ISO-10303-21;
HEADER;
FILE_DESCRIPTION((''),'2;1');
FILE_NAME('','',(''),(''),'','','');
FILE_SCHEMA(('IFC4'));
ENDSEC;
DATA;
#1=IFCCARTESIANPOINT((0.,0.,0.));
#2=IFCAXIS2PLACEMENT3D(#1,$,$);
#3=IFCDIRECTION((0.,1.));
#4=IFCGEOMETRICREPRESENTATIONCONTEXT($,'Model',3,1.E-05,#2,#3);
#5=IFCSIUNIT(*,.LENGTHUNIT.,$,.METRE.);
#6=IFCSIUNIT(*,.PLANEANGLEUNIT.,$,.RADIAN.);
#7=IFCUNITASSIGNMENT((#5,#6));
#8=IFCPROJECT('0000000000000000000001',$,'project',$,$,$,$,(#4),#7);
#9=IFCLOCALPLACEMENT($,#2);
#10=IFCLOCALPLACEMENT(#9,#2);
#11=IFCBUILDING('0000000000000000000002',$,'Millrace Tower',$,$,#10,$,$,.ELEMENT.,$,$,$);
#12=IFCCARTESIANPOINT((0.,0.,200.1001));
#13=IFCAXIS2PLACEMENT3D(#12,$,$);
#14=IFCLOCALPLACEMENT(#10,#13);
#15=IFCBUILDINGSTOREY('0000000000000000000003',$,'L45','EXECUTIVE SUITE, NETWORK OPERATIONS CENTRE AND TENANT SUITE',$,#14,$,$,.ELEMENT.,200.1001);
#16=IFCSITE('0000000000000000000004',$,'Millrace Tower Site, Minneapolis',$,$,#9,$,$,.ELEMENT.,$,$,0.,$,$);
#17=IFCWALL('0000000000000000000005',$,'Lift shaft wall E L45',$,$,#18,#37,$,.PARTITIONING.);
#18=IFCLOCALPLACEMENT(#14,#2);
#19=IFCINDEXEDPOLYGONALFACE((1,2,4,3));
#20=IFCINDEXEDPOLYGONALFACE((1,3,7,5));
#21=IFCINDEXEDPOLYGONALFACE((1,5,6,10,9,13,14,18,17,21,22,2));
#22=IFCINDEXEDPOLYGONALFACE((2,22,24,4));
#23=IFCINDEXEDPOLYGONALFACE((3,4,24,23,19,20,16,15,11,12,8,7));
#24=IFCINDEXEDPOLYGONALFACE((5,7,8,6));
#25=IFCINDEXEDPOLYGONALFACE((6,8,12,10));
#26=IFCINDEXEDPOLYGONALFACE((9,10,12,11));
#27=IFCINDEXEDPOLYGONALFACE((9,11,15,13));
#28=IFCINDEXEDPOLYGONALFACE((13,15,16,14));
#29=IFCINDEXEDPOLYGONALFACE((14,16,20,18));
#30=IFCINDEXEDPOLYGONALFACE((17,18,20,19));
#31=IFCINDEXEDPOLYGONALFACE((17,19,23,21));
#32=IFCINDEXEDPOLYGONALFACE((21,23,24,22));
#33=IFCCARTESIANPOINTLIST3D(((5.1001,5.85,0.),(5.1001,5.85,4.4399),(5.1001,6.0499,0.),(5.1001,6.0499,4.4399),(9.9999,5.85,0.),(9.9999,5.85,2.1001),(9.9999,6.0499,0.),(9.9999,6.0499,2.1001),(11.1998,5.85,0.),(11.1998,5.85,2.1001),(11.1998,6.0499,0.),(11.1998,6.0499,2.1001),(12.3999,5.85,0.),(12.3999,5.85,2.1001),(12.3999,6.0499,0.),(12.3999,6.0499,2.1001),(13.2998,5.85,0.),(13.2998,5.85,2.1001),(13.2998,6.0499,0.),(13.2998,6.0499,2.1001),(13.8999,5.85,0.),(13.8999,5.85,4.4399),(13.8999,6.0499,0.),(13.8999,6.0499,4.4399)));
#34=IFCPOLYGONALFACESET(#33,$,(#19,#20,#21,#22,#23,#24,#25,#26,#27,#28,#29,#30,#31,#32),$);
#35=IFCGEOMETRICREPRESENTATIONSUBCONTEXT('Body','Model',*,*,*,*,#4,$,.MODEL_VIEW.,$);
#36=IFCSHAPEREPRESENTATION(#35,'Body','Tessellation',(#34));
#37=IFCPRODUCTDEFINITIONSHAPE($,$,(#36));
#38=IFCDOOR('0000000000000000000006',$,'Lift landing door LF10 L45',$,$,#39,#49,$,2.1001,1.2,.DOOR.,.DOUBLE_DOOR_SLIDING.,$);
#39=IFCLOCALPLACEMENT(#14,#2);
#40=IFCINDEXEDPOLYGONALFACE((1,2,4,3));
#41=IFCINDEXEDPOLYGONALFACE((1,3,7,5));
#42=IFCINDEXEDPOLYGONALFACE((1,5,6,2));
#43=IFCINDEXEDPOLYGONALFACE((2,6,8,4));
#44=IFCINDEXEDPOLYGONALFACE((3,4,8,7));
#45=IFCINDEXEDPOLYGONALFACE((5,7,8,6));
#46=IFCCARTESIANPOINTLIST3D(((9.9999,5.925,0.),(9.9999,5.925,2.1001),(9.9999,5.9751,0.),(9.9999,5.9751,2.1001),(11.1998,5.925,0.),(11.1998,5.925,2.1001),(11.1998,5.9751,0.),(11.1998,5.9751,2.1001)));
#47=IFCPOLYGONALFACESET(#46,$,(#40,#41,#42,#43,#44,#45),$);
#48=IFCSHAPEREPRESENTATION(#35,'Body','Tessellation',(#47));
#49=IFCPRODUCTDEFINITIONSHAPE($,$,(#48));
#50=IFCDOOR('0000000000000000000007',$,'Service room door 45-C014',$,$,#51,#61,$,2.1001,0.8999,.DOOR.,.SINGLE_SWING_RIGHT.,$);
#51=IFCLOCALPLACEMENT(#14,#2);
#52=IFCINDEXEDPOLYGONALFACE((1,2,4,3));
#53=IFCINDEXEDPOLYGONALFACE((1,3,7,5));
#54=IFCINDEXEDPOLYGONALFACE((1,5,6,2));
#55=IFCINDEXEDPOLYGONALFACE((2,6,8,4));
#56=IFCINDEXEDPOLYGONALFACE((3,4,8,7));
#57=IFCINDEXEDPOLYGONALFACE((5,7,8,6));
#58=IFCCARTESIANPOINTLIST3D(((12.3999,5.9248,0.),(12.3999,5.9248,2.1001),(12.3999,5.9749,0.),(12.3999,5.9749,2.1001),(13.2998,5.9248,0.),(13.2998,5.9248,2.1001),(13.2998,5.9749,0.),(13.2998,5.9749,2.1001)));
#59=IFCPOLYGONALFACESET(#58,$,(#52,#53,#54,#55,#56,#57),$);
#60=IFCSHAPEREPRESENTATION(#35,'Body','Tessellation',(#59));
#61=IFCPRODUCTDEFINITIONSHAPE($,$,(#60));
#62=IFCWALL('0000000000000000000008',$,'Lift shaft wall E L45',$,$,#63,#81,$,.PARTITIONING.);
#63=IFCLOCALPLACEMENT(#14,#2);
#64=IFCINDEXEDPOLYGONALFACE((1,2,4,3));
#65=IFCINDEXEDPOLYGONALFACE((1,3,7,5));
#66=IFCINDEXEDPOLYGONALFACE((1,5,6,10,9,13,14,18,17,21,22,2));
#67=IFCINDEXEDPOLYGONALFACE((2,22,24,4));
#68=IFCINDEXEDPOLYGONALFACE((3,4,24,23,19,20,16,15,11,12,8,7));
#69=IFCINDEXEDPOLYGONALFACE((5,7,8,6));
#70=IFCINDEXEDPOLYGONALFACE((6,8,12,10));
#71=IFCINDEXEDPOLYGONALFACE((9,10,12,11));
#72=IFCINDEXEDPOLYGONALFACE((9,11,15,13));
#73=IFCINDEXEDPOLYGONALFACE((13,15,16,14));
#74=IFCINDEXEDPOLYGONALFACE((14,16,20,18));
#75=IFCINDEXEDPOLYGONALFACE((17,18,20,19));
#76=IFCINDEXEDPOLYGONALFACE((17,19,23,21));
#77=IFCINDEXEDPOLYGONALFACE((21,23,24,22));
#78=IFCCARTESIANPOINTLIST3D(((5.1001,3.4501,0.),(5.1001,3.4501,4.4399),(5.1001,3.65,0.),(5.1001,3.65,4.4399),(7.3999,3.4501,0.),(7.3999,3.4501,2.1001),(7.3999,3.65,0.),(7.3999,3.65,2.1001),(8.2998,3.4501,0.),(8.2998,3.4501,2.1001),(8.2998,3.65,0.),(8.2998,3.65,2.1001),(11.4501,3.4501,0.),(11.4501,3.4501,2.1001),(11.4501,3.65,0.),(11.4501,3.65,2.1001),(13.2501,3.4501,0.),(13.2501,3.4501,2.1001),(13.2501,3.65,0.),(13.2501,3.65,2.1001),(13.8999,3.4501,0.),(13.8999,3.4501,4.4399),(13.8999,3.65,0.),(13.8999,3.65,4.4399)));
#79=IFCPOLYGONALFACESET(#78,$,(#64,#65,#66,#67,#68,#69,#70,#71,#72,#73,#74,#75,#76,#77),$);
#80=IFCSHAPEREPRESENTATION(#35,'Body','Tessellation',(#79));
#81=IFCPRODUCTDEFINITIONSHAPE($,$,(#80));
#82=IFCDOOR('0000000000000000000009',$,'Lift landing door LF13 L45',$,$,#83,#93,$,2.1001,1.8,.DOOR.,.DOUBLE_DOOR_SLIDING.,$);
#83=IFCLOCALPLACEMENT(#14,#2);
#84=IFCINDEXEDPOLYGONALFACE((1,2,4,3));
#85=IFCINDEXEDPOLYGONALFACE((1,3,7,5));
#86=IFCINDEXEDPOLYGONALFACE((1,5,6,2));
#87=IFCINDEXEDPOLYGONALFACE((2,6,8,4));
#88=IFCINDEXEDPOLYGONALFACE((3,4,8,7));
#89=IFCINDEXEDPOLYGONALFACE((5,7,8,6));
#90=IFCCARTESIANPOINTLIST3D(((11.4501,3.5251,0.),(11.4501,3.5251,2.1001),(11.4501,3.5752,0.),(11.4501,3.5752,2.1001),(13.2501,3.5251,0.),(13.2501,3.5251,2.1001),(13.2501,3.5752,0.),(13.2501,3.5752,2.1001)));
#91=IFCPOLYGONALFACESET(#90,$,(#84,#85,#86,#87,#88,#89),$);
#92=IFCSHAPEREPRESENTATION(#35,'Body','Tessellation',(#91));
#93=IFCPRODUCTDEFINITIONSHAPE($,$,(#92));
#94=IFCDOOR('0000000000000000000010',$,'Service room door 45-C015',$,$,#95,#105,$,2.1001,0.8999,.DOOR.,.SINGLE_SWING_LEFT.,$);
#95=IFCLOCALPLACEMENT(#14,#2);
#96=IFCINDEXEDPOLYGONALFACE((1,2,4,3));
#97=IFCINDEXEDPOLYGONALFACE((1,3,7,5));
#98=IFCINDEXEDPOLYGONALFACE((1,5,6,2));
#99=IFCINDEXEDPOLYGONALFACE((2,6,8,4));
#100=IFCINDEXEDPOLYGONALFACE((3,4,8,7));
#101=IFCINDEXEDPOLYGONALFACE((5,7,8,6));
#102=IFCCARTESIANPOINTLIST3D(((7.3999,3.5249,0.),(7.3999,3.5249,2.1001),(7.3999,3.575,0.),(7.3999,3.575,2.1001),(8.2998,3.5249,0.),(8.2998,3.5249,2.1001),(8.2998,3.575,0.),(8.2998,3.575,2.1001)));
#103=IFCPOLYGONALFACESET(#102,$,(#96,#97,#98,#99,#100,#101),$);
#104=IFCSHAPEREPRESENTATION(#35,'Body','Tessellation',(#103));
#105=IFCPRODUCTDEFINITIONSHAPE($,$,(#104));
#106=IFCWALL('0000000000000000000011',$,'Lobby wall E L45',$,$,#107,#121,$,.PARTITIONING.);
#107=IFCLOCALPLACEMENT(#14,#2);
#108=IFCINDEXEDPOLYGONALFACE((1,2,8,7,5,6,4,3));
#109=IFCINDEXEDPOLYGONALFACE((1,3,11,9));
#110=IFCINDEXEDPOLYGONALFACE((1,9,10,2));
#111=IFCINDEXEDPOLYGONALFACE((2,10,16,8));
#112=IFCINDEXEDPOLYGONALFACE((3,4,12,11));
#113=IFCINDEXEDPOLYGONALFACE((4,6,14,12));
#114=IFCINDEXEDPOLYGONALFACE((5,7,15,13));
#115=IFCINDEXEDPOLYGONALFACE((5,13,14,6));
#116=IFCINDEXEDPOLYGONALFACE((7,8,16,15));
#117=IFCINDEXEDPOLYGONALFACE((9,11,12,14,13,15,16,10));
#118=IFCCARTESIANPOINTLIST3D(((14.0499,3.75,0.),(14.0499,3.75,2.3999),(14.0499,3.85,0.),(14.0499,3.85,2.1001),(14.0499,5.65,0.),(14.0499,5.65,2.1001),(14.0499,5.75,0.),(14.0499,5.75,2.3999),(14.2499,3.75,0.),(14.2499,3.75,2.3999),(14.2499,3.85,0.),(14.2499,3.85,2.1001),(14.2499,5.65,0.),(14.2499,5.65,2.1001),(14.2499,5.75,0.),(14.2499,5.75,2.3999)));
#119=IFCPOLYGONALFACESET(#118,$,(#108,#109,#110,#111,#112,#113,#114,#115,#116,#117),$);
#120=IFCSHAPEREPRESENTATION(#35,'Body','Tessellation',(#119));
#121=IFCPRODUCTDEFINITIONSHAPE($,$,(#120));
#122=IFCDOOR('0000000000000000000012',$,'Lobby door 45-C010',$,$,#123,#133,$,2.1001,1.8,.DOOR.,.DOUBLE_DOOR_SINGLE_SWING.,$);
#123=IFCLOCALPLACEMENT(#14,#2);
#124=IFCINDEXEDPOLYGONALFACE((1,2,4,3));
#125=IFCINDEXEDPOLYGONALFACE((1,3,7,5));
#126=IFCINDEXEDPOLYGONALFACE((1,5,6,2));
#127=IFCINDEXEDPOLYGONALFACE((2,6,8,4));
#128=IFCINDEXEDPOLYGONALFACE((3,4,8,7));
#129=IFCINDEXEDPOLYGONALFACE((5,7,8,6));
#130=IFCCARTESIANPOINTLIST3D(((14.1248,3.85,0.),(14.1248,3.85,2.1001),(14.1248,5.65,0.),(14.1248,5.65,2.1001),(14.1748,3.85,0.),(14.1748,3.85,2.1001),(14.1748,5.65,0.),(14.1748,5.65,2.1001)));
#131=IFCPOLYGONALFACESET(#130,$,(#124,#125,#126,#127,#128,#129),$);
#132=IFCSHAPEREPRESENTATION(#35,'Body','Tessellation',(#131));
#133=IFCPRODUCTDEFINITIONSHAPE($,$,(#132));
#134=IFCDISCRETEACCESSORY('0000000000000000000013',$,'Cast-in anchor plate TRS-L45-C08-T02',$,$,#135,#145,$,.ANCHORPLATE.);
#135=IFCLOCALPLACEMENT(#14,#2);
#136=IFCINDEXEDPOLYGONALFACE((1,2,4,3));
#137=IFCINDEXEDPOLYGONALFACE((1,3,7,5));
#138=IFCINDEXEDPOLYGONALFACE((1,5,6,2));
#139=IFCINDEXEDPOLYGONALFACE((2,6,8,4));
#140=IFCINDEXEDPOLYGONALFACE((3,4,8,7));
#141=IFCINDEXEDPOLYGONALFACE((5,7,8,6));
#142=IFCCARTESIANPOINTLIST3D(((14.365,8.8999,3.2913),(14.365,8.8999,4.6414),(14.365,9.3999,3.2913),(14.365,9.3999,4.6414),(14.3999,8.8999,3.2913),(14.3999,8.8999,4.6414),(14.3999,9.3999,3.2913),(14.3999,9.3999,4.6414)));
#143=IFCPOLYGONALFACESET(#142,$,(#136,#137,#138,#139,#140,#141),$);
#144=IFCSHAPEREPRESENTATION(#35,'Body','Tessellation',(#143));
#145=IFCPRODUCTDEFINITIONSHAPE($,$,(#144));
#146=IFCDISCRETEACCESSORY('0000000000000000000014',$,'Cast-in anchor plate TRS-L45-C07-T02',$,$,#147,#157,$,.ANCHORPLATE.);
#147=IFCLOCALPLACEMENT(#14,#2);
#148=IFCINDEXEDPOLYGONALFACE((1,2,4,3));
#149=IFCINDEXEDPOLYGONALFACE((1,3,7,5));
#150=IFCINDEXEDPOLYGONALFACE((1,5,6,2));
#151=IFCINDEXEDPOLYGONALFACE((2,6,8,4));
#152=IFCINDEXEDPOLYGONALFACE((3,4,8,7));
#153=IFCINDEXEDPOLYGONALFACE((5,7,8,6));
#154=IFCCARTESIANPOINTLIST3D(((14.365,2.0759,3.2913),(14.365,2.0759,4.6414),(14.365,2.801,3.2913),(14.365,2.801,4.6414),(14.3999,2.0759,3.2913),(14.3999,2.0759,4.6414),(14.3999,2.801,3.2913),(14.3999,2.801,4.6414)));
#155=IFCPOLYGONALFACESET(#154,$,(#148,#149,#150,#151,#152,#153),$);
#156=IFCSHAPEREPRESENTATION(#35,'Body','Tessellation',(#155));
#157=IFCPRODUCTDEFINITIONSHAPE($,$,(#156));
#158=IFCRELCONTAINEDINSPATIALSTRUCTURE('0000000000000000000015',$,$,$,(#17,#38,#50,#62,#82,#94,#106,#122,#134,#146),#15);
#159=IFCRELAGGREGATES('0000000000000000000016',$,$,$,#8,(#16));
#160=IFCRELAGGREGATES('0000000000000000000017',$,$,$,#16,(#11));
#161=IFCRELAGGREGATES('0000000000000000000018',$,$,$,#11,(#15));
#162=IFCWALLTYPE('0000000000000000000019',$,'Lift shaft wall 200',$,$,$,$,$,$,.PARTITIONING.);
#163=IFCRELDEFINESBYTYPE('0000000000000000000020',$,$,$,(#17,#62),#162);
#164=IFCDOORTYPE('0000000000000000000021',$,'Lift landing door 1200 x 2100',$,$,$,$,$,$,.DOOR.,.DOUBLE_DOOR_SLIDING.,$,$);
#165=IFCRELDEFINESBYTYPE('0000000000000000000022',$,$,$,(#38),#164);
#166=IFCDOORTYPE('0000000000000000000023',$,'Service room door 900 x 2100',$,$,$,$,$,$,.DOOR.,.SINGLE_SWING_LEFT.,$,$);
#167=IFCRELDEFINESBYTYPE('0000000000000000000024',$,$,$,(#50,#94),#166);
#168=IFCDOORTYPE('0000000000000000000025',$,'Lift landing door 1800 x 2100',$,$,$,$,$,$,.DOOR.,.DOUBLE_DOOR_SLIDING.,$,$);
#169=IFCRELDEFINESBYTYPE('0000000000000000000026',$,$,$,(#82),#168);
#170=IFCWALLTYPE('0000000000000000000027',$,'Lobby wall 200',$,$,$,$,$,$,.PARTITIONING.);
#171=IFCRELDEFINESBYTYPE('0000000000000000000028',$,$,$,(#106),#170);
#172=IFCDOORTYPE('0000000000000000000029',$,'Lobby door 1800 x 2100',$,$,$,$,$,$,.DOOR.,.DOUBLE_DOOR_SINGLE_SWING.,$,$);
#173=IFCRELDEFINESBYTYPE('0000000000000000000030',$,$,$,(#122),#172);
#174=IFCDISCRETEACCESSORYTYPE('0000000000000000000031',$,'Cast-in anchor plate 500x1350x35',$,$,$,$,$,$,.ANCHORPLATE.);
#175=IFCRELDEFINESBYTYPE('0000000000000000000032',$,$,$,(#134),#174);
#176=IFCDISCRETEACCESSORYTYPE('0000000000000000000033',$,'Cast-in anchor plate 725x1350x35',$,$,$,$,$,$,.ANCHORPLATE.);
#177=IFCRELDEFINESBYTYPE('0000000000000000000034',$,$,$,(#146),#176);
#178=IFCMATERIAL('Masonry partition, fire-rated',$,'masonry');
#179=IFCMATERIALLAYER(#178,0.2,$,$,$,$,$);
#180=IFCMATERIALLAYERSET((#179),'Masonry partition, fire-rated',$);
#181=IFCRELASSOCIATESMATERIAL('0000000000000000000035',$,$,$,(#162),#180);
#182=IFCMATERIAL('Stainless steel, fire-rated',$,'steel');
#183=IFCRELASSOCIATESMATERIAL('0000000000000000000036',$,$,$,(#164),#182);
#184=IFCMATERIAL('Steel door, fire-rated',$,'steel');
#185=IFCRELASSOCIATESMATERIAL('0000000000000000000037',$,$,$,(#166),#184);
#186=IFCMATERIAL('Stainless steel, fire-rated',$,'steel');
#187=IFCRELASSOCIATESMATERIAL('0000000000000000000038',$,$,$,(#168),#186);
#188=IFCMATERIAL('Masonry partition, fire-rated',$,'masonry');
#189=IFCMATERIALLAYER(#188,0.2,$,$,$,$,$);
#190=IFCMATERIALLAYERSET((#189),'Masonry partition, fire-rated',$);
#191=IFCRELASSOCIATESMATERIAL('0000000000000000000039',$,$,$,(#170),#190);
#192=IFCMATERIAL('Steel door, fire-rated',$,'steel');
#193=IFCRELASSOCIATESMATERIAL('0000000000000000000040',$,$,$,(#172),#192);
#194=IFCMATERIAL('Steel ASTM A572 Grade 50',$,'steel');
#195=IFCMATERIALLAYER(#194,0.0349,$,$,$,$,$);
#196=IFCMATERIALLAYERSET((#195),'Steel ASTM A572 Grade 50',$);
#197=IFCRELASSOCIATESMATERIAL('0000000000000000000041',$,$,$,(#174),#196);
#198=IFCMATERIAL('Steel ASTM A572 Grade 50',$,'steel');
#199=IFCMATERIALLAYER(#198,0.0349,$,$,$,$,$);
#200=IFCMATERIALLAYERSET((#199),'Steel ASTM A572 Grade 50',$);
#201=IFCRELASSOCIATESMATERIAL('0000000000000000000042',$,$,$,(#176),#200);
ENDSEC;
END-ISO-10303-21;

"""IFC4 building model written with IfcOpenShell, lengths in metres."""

from ifc_helpers import new_model, si_unit, direction, frame, frame_2d, origin, origin_2d, place, context, subcontext, project, spatial, rectangle, extrude, material, layer, layer_set, type_object, element, fill, save


model = new_model("IFC4")

# Units and contexts
model_context = context("Model", 3, precision=1e-05, world=origin(), true_north=direction((0.0, 1.0)))
body_context = subcontext(model_context, "Body", "Model", "MODEL_VIEW")
ifc_project = project(units=[si_unit("LENGTHUNIT", "METRE"), si_unit("PLANEANGLEUNIT", "RADIAN")], contexts=[model_context])

# Site, building, storey
site_placement = place(None, origin())
site = spatial("IfcSite", under=ifc_project, at=site_placement, Name="Millrace Tower Site, Minneapolis", CompositionType="ELEMENT", RefElevation=0.0)
building_placement = place(site_placement, origin())
building = spatial("IfcBuilding", under=site, at=building_placement, Name="Millrace Tower", CompositionType="ELEMENT")
storey_placement = place(building_placement, frame((0.0, 0.0, 200.1001)))
storey = spatial("IfcBuildingStorey", under=building, at=storey_placement, Name="L45", Description="EXECUTIVE SUITE, NETWORK OPERATIONS CENTRE AND TENANT SUITE", CompositionType="ELEMENT", Elevation=200.1001)

# Walls, openings, doors
ifc_material_1 = material(Name="Masonry partition, fire-rated", Category="masonry")
ifc_layer_1 = layer(ifc_material_1, 0.2)
ifc_layer_set_1 = layer_set([ifc_layer_1], Name="Masonry partition, fire-rated")
wall_type_1 = type_object("IfcWallType", Name="Lift shaft wall 200", PredefinedType="PARTITIONING", material=ifc_layer_set_1)
wall_1_placement = place(storey_placement, frame((13.8999, 5.95, 0.0), z_axis=(0.0, 0.0, 1.0), x_axis=(-1.0, 0.0, 0.0)))
wall_1 = element("IfcWall", 1, at=wall_1_placement, inside=storey, type_object=wall_type_1, Name="Lift shaft wall E L45", PredefinedType="PARTITIONING", context=body_context, shape_type="SweptSolid", body=[
    extrude(rectangle(XDim=8.7998, YDim=0.2, at=frame_2d((4.3999, 0.0))), origin(), (0.0, 0.0, 1.0), 4.4399),
])
opening_1_placement = place(wall_1_placement, frame((2.7, 0.0, 0.0)))
opening_1 = element("IfcOpeningElement", 2, at=opening_1_placement, cuts=wall_1, PredefinedType="OPENING", context=body_context, shape_type="SweptSolid", body=[
    extrude(rectangle(XDim=1.2, YDim=2.1001, at=frame_2d((0.6001, 1.05))), frame((0.0, 0.1099, 0.0), z_axis=(0.0, -1.0, 0.0), x_axis=(1.0, 0.0, 0.0)), (0.0, 0.0, 1.0), 0.22),
])
opening_2_placement = place(wall_1_placement, frame((0.6001, 0.0, 0.0)))
opening_2 = element("IfcOpeningElement", 3, at=opening_2_placement, cuts=wall_1, PredefinedType="OPENING", context=body_context, shape_type="SweptSolid", body=[
    extrude(rectangle(XDim=0.8999, YDim=2.1001, at=frame_2d((0.45, 1.05))), frame((0.0, 0.1099, 0.0), z_axis=(0.0, -1.0, 0.0), x_axis=(1.0, 0.0, 0.0)), (0.0, 0.0, 1.0), 0.22),
])
ifc_material_2 = material(Name="Stainless steel, fire-rated", Category="steel")
door_type_1 = type_object("IfcDoorType", Name="Lift landing door 1200 x 2100", OperationType="DOUBLE_DOOR_SLIDING", PredefinedType="DOOR", material=ifc_material_2)
door_1_placement = place(opening_1_placement, origin())
door_1 = element("IfcDoor", 4, at=door_1_placement, inside=storey, type_object=door_type_1, Name="Lift landing door LF10 L45", OperationType="DOUBLE_DOOR_SLIDING", OverallHeight=2.1001, OverallWidth=1.2, PredefinedType="DOOR", context=body_context, shape_type="SweptSolid", body=[
    extrude(rectangle(XDim=1.2, YDim=2.1001, at=frame_2d((0.6001, 1.05))), frame((0.0, 0.0249, 0.0), z_axis=(0.0, -1.0, 0.0), x_axis=(1.0, 0.0, 0.0)), (0.0, 0.0, 1.0), 0.05),
])
fill(opening_1, door_1)
ifc_material_3 = material(Name="Steel door, fire-rated", Category="steel")
door_type_2 = type_object("IfcDoorType", Name="Service room door 900 x 2100", OperationType="SINGLE_SWING_LEFT", PredefinedType="DOOR", material=ifc_material_3)
door_2_placement = place(opening_2_placement, frame((0.8999, 0.0, 0.0), z_axis=(0.0, 0.0, 1.0), x_axis=(-1.0, 0.0, 0.0)))
door_2 = element("IfcDoor", 5, at=door_2_placement, inside=storey, type_object=door_type_2, Name="Service room door 45-C014", OperationType="SINGLE_SWING_RIGHT", OverallHeight=2.1001, OverallWidth=0.8999, PredefinedType="DOOR", context=body_context, shape_type="SweptSolid", body=[
    extrude(rectangle(XDim=0.8999, YDim=2.1001, at=frame_2d((0.45, 1.05))), frame((0.0, 0.0249, 0.0), z_axis=(0.0, -1.0, 0.0), x_axis=(1.0, 0.0, 0.0)), (0.0, 0.0, 1.0), 0.05),
])
fill(opening_2, door_2)
wall_2_placement = place(storey_placement, frame((13.8999, 3.55, 0.0), z_axis=(0.0, 0.0, 1.0), x_axis=(-1.0, 0.0, 0.0)))
wall_2 = element("IfcWall", 6, at=wall_2_placement, inside=storey, type_object=wall_type_1, Name="Lift shaft wall E L45", PredefinedType="PARTITIONING", context=body_context, shape_type="SweptSolid", body=[
    extrude(rectangle(XDim=8.7998, YDim=0.2, at=frame_2d((4.3999, 0.0))), origin(), (0.0, 0.0, 1.0), 4.4399),
])
opening_3_placement = place(wall_2_placement, frame((0.6499, 0.0, 0.0)))
opening_3 = element("IfcOpeningElement", 7, at=opening_3_placement, cuts=wall_2, PredefinedType="OPENING", context=body_context, shape_type="SweptSolid", body=[
    extrude(rectangle(XDim=1.8, YDim=2.1001, at=frame_2d((0.8999, 1.05))), frame((0.0, 0.1099, 0.0), z_axis=(0.0, -1.0, 0.0), x_axis=(1.0, 0.0, 0.0)), (0.0, 0.0, 1.0), 0.22),
])
opening_4_placement = place(wall_2_placement, frame((5.6001, 0.0, 0.0)))
opening_4 = element("IfcOpeningElement", 8, at=opening_4_placement, cuts=wall_2, PredefinedType="OPENING", context=body_context, shape_type="SweptSolid", body=[
    extrude(rectangle(XDim=0.8999, YDim=2.1001, at=frame_2d((0.45, 1.05))), frame((0.0, 0.1099, 0.0), z_axis=(0.0, -1.0, 0.0), x_axis=(1.0, 0.0, 0.0)), (0.0, 0.0, 1.0), 0.22),
])
ifc_material_4 = material(Name="Stainless steel, fire-rated", Category="steel")
door_type_3 = type_object("IfcDoorType", Name="Lift landing door 1800 x 2100", OperationType="DOUBLE_DOOR_SLIDING", PredefinedType="DOOR", material=ifc_material_4)
door_3_placement = place(opening_3_placement, origin())
door_3 = element("IfcDoor", 9, at=door_3_placement, inside=storey, type_object=door_type_3, Name="Lift landing door LF13 L45", OperationType="DOUBLE_DOOR_SLIDING", OverallHeight=2.1001, OverallWidth=1.8, PredefinedType="DOOR", context=body_context, shape_type="SweptSolid", body=[
    extrude(rectangle(XDim=1.8, YDim=2.1001, at=frame_2d((0.8999, 1.05))), frame((0.0, 0.0249, 0.0), z_axis=(0.0, -1.0, 0.0), x_axis=(1.0, 0.0, 0.0)), (0.0, 0.0, 1.0), 0.05),
])
fill(opening_3, door_3)
door_4_placement = place(opening_4_placement, frame((0.8999, 0.0, 0.0), z_axis=(0.0, 0.0, 1.0), x_axis=(-1.0, 0.0, 0.0)))
door_4 = element("IfcDoor", 10, at=door_4_placement, inside=storey, type_object=door_type_2, Name="Service room door 45-C015", OperationType="SINGLE_SWING_LEFT", OverallHeight=2.1001, OverallWidth=0.8999, PredefinedType="DOOR", context=body_context, shape_type="SweptSolid", body=[
    extrude(rectangle(XDim=0.8999, YDim=2.1001, at=frame_2d((0.45, 1.05))), frame((0.0, 0.0249, 0.0), z_axis=(0.0, -1.0, 0.0), x_axis=(1.0, 0.0, 0.0)), (0.0, 0.0, 1.0), 0.05),
])
fill(opening_4, door_4)

# Wall, opening, door
ifc_material_5 = material(Name="Masonry partition, fire-rated", Category="masonry")
ifc_layer_2 = layer(ifc_material_5, 0.2)
ifc_layer_set_2 = layer_set([ifc_layer_2], Name="Masonry partition, fire-rated")
wall_type_2 = type_object("IfcWallType", Name="Lobby wall 200", PredefinedType="PARTITIONING", material=ifc_layer_set_2)
wall_3_placement = place(storey_placement, frame((14.1499, 5.75, 0.0), z_axis=(0.0, 0.0, 1.0), x_axis=(0.0, -1.0, 0.0)))
wall_3 = element("IfcWall", 11, at=wall_3_placement, inside=storey, type_object=wall_type_2, Name="Lobby wall E L45", PredefinedType="PARTITIONING", context=body_context, shape_type="SweptSolid", body=[
    extrude(rectangle(XDim=2.0, YDim=0.2, at=frame_2d((1.0, 0.0))), origin(), (0.0, 0.0, 1.0), 2.3999),
])
opening_5_placement = place(wall_3_placement, frame((0.1001, 0.0, 0.0)))
opening_5 = element("IfcOpeningElement", 12, at=opening_5_placement, cuts=wall_3, PredefinedType="OPENING", context=body_context, shape_type="SweptSolid", body=[
    extrude(rectangle(XDim=1.8, YDim=2.1001, at=frame_2d((0.8999, 1.05))), frame((0.0, 0.1099, 0.0), z_axis=(0.0, -1.0, 0.0), x_axis=(1.0, 0.0, 0.0)), (0.0, 0.0, 1.0), 0.22),
])
ifc_material_6 = material(Name="Steel door, fire-rated", Category="steel")
door_type_4 = type_object("IfcDoorType", Name="Lobby door 1800 x 2100", OperationType="DOUBLE_DOOR_SINGLE_SWING", PredefinedType="DOOR", material=ifc_material_6)
door_5_placement = place(opening_5_placement, origin())
door_5 = element("IfcDoor", 13, at=door_5_placement, inside=storey, type_object=door_type_4, Name="Lobby door 45-C010", OperationType="DOUBLE_DOOR_SINGLE_SWING", OverallHeight=2.1001, OverallWidth=1.8, PredefinedType="DOOR", context=body_context, shape_type="SweptSolid", body=[
    extrude(rectangle(XDim=1.8, YDim=2.1001, at=frame_2d((0.8999, 1.05))), frame((0.0, 0.0249, 0.0), z_axis=(0.0, -1.0, 0.0), x_axis=(1.0, 0.0, 0.0)), (0.0, 0.0, 1.0), 0.05),
])
fill(opening_5, door_5)

# Discrete accessories
ifc_material_7 = material(Name="Steel ASTM A572 Grade 50", Category="steel")
ifc_layer_3 = layer(ifc_material_7, 0.0349)
ifc_layer_set_3 = layer_set([ifc_layer_3], Name="Steel ASTM A572 Grade 50")
discrete_accessory_type_1 = type_object("IfcDiscreteAccessoryType", Name="Cast-in anchor plate 500x1350x35", PredefinedType="ANCHORPLATE", material=ifc_layer_set_3)
discrete_accessory_1_placement = place(storey_placement, frame((14.365, 9.1499, 3.9663), z_axis=(1.0, 0.0, 0.0), x_axis=(0.0, 1.0, 0.0)))
element("IfcDiscreteAccessory", 14, at=discrete_accessory_1_placement, inside=storey, type_object=discrete_accessory_type_1, Name="Cast-in anchor plate TRS-L45-C08-T02", PredefinedType="ANCHORPLATE", context=body_context, shape_type="SweptSolid", body=[
    extrude(rectangle(XDim=0.5, YDim=1.3501, at=origin_2d()), origin(), (0.0, 0.0, 1.0), 0.0349),
])
ifc_material_8 = material(Name="Steel ASTM A572 Grade 50", Category="steel")
ifc_layer_4 = layer(ifc_material_8, 0.0349)
ifc_layer_set_4 = layer_set([ifc_layer_4], Name="Steel ASTM A572 Grade 50")
discrete_accessory_type_2 = type_object("IfcDiscreteAccessoryType", Name="Cast-in anchor plate 725x1350x35", PredefinedType="ANCHORPLATE", material=ifc_layer_set_4)
discrete_accessory_2_placement = place(storey_placement, frame((14.365, 2.4385, 3.9663), z_axis=(1.0, 0.0, 0.0), x_axis=(0.0, 1.0, 0.0)))
element("IfcDiscreteAccessory", 15, at=discrete_accessory_2_placement, inside=storey, type_object=discrete_accessory_type_2, Name="Cast-in anchor plate TRS-L45-C07-T02", PredefinedType="ANCHORPLATE", context=body_context, shape_type="SweptSolid", body=[
    extrude(rectangle(XDim=0.7251, YDim=1.3501, at=origin_2d()), origin(), (0.0, 0.0, 1.0), 0.0349),
])

save(model, "model.ifc")
